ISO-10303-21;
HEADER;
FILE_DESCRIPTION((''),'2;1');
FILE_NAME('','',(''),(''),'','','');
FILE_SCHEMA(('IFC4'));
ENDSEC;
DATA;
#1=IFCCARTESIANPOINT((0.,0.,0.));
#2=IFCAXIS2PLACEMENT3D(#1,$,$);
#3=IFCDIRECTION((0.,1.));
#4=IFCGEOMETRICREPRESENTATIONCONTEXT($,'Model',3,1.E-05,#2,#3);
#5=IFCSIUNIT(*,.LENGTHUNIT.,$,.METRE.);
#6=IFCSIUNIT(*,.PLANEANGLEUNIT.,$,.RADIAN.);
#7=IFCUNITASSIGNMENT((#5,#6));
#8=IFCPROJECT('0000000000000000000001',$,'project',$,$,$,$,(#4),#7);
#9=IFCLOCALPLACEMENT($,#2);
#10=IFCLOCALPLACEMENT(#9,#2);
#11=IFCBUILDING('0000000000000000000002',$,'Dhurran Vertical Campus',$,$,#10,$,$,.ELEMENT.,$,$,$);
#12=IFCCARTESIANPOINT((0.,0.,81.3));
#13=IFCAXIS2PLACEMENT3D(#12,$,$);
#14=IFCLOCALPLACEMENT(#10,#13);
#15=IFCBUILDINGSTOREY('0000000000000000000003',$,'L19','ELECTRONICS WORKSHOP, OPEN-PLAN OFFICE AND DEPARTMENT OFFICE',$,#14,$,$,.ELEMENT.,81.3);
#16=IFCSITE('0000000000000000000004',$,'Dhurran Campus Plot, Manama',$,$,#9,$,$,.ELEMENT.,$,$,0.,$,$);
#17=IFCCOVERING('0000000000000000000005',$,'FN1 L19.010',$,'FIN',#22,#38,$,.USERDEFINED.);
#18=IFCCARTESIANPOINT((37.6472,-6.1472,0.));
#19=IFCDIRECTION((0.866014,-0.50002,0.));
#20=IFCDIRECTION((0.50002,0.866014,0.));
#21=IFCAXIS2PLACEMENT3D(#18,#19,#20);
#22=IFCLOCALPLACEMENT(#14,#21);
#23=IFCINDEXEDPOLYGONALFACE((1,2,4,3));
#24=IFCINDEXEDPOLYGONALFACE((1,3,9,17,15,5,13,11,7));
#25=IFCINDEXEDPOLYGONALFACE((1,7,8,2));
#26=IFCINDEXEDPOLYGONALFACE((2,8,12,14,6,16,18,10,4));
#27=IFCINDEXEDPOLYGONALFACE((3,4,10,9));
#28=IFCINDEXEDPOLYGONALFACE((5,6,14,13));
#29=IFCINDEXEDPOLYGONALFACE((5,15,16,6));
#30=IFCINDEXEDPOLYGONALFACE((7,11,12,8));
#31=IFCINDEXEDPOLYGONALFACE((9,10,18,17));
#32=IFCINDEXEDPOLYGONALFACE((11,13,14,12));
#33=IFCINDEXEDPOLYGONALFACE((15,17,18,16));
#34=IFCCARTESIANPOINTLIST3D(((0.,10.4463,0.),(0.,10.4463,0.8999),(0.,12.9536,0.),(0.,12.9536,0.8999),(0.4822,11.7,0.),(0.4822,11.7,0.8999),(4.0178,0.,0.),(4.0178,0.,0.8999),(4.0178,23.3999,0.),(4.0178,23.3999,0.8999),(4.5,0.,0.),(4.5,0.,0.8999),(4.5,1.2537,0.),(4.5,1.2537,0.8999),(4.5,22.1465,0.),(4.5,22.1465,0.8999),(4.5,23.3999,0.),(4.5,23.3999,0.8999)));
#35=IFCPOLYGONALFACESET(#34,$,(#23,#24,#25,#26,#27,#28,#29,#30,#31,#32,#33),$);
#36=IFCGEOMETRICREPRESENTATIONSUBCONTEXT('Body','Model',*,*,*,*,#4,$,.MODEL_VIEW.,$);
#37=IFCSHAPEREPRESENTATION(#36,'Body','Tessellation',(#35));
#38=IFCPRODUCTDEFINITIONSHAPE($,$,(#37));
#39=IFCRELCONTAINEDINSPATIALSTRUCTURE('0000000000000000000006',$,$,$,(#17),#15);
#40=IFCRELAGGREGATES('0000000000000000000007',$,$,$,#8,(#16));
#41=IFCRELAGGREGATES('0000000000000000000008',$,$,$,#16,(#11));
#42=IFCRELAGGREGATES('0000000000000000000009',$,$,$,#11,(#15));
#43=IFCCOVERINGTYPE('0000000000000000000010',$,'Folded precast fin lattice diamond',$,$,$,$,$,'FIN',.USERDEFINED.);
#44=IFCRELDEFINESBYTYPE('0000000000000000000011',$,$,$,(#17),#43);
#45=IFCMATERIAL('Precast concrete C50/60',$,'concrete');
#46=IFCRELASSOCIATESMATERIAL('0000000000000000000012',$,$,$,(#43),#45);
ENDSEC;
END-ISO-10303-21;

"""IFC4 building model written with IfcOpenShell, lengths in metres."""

from ifc_helpers import new_model, si_unit, direction, frame, origin, place, context, subcontext, project, spatial, polyline, outline, extrude, material, type_object, element, save


model = new_model("IFC4")

# Units and contexts
model_context = context("Model", 3, precision=1e-05, world=origin(), true_north=direction((0.0, 1.0)))
body_context = subcontext(model_context, "Body", "Model", "MODEL_VIEW")
ifc_project = project(units=[si_unit("LENGTHUNIT", "METRE"), si_unit("PLANEANGLEUNIT", "RADIAN")], contexts=[model_context])

# Site, building, storey
site_placement = place(None, origin())
site = spatial("IfcSite", under=ifc_project, at=site_placement, Name="Dhurran Campus Plot, Manama", CompositionType="ELEMENT", RefElevation=0.0)
building_placement = place(site_placement, origin())
building = spatial("IfcBuilding", under=site, at=building_placement, Name="Dhurran Vertical Campus", CompositionType="ELEMENT")
storey_placement = place(building_placement, frame((0.0, 0.0, 81.3)))
storey = spatial("IfcBuildingStorey", under=building, at=storey_placement, Name="L19", Description="ELECTRONICS WORKSHOP, OPEN-PLAN OFFICE AND DEPARTMENT OFFICE", CompositionType="ELEMENT", Elevation=81.3)

# Covering
ifc_material_1 = material(Name="Precast concrete C50/60", Category="concrete")
covering_type = type_object("IfcCoveringType", Name="Folded precast fin lattice diamond", ElementType="FIN", PredefinedType="USERDEFINED", material=ifc_material_1)
covering_1_placement = place(storey_placement, frame((37.6472, -6.1472, 0.0), z_axis=(0.866014, -0.50002, 0.0), x_axis=(0.50002, 0.866014, 0.0)))
element("IfcCovering", 1, at=covering_1_placement, inside=storey, type_object=covering_type, Name="FN1 L19.010", ObjectType="FIN", PredefinedType="USERDEFINED", context=body_context, shape_type="SweptSolid", body=[
    extrude(outline(polyline([(4.0178, 0.0), (0.0, 10.4463), (0.0, 12.9536), (4.0178, 23.3999), (4.5, 23.3999), (4.5, 22.1465), (0.4822, 11.7), (4.5, 1.2537), (4.5, 0.0), (4.0178, 0.0)])), origin(), (0.0, 0.0, 1.0), 0.8999),
])

save(model, "model.ifc")
